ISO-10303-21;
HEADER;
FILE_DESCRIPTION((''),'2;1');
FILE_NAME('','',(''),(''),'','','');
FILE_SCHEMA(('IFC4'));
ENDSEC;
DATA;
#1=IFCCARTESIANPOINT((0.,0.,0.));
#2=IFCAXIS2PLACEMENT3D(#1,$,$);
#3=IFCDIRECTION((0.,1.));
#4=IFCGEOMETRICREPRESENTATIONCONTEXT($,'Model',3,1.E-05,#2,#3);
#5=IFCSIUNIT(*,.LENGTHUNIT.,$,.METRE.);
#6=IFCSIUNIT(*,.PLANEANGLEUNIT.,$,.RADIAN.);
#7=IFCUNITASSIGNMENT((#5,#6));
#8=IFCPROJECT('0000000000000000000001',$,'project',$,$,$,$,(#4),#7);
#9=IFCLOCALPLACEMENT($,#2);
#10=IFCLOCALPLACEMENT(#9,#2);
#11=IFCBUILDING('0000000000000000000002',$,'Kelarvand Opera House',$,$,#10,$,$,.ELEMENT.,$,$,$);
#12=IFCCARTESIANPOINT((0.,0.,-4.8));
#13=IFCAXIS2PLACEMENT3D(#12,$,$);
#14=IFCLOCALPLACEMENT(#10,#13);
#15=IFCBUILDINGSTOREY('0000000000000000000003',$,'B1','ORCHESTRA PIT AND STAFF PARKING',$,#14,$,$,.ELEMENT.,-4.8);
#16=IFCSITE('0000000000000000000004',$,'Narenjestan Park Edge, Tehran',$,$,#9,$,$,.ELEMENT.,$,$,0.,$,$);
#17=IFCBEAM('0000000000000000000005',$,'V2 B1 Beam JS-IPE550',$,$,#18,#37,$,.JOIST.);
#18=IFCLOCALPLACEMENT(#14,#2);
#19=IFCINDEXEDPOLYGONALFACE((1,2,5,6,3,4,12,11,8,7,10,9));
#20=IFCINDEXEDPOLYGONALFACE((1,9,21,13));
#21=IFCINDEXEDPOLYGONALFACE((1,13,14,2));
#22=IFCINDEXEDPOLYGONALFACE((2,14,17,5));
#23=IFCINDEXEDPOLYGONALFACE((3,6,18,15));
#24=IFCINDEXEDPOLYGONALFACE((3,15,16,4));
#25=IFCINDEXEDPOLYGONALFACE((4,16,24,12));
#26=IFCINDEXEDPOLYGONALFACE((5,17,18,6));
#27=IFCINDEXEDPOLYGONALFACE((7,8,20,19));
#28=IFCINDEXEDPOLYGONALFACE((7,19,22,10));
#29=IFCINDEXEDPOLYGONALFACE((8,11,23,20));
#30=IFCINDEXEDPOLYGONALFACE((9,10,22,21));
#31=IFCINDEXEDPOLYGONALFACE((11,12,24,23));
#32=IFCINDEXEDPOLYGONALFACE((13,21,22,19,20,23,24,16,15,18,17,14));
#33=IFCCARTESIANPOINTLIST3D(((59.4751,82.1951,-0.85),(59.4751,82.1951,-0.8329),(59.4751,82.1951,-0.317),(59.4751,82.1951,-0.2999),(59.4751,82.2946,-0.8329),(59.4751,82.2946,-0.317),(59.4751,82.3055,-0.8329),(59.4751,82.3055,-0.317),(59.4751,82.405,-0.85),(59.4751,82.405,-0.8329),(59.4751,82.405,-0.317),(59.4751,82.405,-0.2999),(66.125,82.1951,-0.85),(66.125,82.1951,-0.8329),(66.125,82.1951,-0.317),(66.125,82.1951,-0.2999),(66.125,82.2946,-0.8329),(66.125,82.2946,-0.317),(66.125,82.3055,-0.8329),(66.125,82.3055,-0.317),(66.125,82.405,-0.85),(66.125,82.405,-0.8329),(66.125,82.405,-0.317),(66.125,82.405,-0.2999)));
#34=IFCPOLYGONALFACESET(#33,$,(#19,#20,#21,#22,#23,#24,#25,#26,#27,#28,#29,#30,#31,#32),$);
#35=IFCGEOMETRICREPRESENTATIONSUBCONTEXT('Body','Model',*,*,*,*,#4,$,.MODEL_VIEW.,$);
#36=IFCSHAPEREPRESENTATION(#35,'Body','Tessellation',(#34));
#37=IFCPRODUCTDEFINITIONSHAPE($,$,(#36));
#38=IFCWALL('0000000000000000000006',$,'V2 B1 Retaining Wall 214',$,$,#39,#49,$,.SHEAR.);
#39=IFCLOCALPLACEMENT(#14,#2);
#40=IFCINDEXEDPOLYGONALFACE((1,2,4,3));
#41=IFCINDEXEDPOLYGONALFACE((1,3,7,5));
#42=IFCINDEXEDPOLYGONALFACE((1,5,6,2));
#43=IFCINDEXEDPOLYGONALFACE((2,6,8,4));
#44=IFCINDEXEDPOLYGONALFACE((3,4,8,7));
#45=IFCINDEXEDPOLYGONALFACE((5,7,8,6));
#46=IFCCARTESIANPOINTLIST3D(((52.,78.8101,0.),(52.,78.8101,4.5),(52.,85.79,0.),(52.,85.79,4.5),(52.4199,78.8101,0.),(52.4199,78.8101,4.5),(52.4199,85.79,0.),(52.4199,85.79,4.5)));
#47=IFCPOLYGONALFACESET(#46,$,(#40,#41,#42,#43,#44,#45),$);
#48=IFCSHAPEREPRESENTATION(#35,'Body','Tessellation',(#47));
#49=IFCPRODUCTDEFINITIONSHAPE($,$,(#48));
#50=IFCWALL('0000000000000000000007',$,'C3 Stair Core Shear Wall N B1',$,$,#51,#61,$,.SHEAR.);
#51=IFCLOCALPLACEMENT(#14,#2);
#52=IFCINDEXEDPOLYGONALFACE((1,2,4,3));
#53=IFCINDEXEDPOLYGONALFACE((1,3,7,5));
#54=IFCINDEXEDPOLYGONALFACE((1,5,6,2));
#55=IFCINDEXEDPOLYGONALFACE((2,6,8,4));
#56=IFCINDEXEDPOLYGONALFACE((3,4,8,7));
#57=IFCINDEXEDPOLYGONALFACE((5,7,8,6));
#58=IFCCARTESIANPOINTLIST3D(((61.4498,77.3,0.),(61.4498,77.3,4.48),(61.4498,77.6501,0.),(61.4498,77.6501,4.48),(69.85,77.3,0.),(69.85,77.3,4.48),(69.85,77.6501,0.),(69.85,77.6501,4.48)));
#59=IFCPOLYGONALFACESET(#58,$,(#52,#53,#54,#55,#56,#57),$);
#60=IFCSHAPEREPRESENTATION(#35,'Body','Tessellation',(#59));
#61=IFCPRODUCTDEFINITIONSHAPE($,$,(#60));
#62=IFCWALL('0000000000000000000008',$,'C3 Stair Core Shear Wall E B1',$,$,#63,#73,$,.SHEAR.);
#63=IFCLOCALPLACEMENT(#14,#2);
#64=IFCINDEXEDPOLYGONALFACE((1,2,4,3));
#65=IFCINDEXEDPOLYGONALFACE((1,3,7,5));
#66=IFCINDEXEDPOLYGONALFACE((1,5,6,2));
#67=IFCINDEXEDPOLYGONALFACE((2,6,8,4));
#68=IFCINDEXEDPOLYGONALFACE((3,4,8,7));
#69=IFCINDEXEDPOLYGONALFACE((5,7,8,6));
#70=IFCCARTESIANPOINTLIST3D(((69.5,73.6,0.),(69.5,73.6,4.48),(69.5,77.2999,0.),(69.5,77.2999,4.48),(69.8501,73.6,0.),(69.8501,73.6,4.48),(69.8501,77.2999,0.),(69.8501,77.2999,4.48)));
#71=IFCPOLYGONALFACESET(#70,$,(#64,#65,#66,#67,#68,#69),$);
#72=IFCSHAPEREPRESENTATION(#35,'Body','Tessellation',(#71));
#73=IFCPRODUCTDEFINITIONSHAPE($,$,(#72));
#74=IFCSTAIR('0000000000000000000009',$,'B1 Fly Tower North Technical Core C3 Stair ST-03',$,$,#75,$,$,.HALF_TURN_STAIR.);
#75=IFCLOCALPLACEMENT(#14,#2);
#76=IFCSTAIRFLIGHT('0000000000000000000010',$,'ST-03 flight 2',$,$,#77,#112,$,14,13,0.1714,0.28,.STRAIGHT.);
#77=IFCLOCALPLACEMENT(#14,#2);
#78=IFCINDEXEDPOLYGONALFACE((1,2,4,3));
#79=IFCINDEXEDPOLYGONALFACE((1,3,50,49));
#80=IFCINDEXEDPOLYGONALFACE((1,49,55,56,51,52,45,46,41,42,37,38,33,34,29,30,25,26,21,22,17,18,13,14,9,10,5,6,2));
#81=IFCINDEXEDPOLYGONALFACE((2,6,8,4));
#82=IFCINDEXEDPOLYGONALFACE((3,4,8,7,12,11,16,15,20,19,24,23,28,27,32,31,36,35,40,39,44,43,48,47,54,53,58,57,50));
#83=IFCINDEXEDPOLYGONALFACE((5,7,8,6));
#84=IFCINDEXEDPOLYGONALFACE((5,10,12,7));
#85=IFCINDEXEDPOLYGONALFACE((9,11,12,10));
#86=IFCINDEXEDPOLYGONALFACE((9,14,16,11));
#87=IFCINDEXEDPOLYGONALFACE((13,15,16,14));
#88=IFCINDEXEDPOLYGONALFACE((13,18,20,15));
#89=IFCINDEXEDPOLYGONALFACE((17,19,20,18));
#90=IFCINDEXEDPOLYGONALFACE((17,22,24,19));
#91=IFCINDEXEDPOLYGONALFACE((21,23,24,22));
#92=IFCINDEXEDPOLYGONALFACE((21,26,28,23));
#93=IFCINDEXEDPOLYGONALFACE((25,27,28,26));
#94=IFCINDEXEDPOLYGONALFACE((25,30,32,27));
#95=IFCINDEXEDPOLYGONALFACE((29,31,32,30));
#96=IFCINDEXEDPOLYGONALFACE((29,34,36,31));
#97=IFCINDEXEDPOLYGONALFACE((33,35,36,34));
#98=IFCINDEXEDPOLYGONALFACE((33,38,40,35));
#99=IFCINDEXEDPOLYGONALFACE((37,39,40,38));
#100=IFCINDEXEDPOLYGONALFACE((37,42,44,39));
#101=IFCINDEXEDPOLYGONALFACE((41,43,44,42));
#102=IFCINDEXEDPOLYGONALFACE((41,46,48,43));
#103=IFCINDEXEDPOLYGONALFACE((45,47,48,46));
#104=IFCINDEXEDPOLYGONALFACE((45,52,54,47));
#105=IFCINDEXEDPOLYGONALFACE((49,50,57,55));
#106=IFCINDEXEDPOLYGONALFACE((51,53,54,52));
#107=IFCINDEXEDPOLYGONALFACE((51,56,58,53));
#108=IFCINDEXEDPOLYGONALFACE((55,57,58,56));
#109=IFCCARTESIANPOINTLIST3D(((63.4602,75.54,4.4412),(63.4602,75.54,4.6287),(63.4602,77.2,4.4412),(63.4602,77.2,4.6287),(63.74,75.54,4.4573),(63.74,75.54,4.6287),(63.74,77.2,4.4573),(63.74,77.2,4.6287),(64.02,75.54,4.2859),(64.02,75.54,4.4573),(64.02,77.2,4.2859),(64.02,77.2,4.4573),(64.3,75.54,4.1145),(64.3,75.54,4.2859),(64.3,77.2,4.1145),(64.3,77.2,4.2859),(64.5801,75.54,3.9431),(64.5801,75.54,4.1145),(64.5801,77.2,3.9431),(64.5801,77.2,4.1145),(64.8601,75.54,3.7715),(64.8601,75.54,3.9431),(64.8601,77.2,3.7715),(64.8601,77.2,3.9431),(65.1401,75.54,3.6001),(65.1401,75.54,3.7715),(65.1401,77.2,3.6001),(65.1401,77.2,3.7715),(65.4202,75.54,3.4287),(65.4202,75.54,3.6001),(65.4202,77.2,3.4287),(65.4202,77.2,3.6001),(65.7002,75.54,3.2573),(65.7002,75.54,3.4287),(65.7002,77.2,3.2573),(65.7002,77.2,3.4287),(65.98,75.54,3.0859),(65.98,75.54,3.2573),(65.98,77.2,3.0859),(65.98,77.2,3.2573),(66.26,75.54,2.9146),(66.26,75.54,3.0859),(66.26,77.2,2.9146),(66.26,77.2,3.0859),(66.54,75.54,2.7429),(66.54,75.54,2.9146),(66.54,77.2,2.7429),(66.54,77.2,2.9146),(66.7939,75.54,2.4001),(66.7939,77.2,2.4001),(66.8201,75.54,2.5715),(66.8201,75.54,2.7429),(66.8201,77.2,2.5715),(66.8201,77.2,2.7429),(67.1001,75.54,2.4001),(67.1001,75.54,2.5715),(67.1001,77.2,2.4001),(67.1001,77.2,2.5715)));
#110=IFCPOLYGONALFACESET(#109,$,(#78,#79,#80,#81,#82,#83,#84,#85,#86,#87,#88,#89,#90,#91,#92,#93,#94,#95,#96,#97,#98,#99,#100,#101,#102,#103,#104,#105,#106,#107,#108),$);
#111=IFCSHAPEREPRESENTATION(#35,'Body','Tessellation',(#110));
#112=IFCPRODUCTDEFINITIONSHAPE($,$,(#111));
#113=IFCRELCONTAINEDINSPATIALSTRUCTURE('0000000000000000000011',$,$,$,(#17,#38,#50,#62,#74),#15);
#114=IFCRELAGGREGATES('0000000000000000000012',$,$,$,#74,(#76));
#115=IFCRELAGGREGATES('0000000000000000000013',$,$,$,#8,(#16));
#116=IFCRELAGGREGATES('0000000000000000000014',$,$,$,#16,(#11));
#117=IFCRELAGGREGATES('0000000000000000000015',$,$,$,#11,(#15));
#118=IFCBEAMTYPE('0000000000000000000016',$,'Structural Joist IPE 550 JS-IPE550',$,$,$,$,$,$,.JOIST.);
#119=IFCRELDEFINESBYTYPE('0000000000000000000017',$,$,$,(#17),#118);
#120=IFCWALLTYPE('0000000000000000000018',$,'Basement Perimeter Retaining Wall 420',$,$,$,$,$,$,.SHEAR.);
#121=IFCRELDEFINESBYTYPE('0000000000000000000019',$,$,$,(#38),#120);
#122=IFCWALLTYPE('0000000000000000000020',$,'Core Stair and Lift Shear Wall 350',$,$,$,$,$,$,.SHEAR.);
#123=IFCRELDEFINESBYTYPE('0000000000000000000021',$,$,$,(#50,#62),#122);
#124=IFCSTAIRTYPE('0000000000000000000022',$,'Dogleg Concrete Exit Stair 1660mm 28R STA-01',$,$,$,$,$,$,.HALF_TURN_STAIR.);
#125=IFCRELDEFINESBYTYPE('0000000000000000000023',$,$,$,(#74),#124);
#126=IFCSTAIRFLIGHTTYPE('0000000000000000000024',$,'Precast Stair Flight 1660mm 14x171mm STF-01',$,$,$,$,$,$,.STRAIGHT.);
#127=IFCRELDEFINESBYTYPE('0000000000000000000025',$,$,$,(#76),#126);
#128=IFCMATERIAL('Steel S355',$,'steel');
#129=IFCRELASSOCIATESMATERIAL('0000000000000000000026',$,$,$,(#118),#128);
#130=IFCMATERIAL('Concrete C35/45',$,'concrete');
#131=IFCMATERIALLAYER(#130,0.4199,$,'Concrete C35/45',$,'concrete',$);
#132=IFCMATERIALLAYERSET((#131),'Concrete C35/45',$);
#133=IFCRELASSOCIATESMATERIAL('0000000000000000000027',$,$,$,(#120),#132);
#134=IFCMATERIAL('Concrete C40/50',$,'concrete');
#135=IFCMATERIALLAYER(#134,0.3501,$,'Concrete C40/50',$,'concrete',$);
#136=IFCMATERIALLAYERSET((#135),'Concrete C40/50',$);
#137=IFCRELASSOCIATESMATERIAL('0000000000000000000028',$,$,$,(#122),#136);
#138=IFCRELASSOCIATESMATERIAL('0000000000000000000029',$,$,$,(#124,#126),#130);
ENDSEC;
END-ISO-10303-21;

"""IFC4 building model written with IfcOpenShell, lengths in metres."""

from ifc_helpers import new_model, si_unit, direction, frame, frame_2d, origin, origin_2d, place, context, subcontext, project, spatial, polyline, rectangle, i_section, outline, extrude, material, layer, layer_set, material_profile, profile_set, type_object, element, aggregate, save


model = new_model("IFC4")

# Units and contexts
model_context = context("Model", 3, precision=1e-05, world=origin(), true_north=direction((0.0, 1.0)))
body_context = subcontext(model_context, "Body", "Model", "MODEL_VIEW")
ifc_project = project(units=[si_unit("LENGTHUNIT", "METRE"), si_unit("PLANEANGLEUNIT", "RADIAN")], contexts=[model_context])

# Site, building, storey
site_placement = place(None, origin())
site = spatial("IfcSite", under=ifc_project, at=site_placement, Name="Narenjestan Park Edge, Tehran", CompositionType="ELEMENT", RefElevation=0.0)
building_placement = place(site_placement, origin())
building = spatial("IfcBuilding", under=site, at=building_placement, Name="Kelarvand Opera House", CompositionType="ELEMENT")
storey_placement = place(building_placement, frame((0.0, 0.0, -4.8)))
storey = spatial("IfcBuildingStorey", under=building, at=storey_placement, Name="B1", Description="ORCHESTRA PIT AND STAFF PARKING", CompositionType="ELEMENT", Elevation=-4.8)

# Shared definitions
ifc_material_1 = material(Name="Concrete C40/50", Category="concrete")

# Beam
ifc_material_2 = material(Name="Concrete C35/45", Category="concrete")
ifc_material_3 = material(Name="Steel S355", Category="steel")
ifc_material_profile_1 = material_profile(ifc_material_3, i_section(OverallWidth=0.21, OverallDepth=0.55, WebThickness=0.011, FlangeThickness=0.0171, at=origin_2d()), Name="IPE 550", Category="steel")
ifc_profile_set_1 = profile_set([ifc_material_profile_1], Name="Steel S355")
beam_type_1 = type_object("IfcBeamType", Name="Structural Joist IPE 550 JS-IPE550", PredefinedType="JOIST", material=ifc_profile_set_1)
beam_1_placement = place(storey_placement, frame((59.4751, 82.3, -0.575), z_axis=(1.0, 0.0, 0.0), x_axis=(0.0, 1.0, 0.0)))
element("IfcBeam", 1, at=beam_1_placement, inside=storey, type_object=beam_type_1, Name="V2 B1 Beam JS-IPE550", PredefinedType="JOIST", context=body_context, shape_type="SweptSolid", body=[
    extrude(i_section(OverallWidth=0.21, OverallDepth=0.55, WebThickness=0.011, FlangeThickness=0.0171, at=origin_2d()), origin(), (0.0, 0.0, 1.0), 6.6499),
])

# Walls
ifc_layer_1 = layer(ifc_material_2, 0.4199, Name="Concrete C35/45", Category="concrete")
ifc_layer_set_1 = layer_set([ifc_layer_1], Name="Concrete C35/45")
wall_type_1 = type_object("IfcWallType", Name="Basement Perimeter Retaining Wall 420", PredefinedType="SHEAR", material=ifc_layer_set_1)
wall_1_placement = place(storey_placement, frame((52.21, 78.8101, 0.0), z_axis=(0.0, 0.0, 1.0), x_axis=(0.0, 1.0, 0.0)))
element("IfcWall", 2, at=wall_1_placement, inside=storey, type_object=wall_type_1, Name="V2 B1 Retaining Wall 214", PredefinedType="SHEAR", context=body_context, shape_type="SweptSolid", body=[
    extrude(rectangle(XDim=6.98, YDim=0.4199, at=frame_2d((3.49, 0.0))), origin(), (0.0, 0.0, 1.0), 4.5),
])
ifc_layer_2 = layer(ifc_material_1, 0.3501, Name="Concrete C40/50", Category="concrete")
ifc_layer_set_2 = layer_set([ifc_layer_2], Name="Concrete C40/50")
wall_type_2 = type_object("IfcWallType", Name="Core Stair and Lift Shear Wall 350", PredefinedType="SHEAR", material=ifc_layer_set_2)
wall_2_placement = place(storey_placement, frame((69.8501, 77.4751, 0.0), z_axis=(0.0, 0.0, 1.0), x_axis=(-1.0, 0.0, 0.0)))
element("IfcWall", 3, at=wall_2_placement, inside=storey, type_object=wall_type_2, Name="C3 Stair Core Shear Wall N B1", PredefinedType="SHEAR", context=body_context, shape_type="SweptSolid", body=[
    extrude(rectangle(XDim=8.4001, YDim=0.3501, at=frame_2d((4.2002, 0.0))), origin(), (0.0, 0.0, 1.0), 4.48),
])
wall_3_placement = place(storey_placement, frame((69.675, 77.3, 0.0), z_axis=(0.0, 0.0, 1.0), x_axis=(0.0, -1.0, 0.0)))
element("IfcWall", 4, at=wall_3_placement, inside=storey, type_object=wall_type_2, Name="C3 Stair Core Shear Wall E B1", PredefinedType="SHEAR", context=body_context, shape_type="SweptSolid", body=[
    extrude(rectangle(XDim=3.7, YDim=0.3501, at=frame_2d((1.8501, 0.0))), origin(), (0.0, 0.0, 1.0), 4.48),
])

# Stair, stair flight
stair_type = type_object("IfcStairType", Name="Dogleg Concrete Exit Stair 1660mm 28R STA-01", PredefinedType="HALF_TURN_STAIR", material=ifc_material_2)
stair_placement = place(storey_placement, origin())
stair = element("IfcStair", 5, at=stair_placement, inside=storey, type_object=stair_type, Name="B1 Fly Tower North Technical Core C3 Stair ST-03", PredefinedType="HALF_TURN_STAIR")
stair_flight_type = type_object("IfcStairFlightType", Name="Precast Stair Flight 1660mm 14x171mm STF-01", PredefinedType="STRAIGHT", material=ifc_material_2)
stair_flight_placement = place(storey_placement, frame((67.1001, 76.3701, 2.4001), z_axis=(0.0, 0.0, 1.0), x_axis=(-1.0, 0.0, 0.0)))
stair_flight = element("IfcStairFlight", 6, at=stair_flight_placement, type_object=stair_flight_type, Name="ST-03 flight 2", NumberOfRisers=14, NumberOfTreads=13, PredefinedType="STRAIGHT", RiserHeight=0.1714, TreadLength=0.28, context=body_context, shape_type="SweptSolid", body=[
    extrude(outline(polyline([(0.0, 0.0), (0.0, 0.1714), (0.28, 0.1714), (0.28, 0.3428), (0.5601, 0.3428), (0.5601, 0.5144), (0.8401, 0.5144), (0.8401, 0.6858), (1.1201, 0.6858), (1.1201, 0.8572), (1.3999, 0.8572), (1.3999, 1.0286), (1.6799, 1.0286), (1.6799, 1.2), (1.96, 1.2), (1.96, 1.3713), (2.24, 1.3713), (2.24, 1.543), (2.52, 1.543), (2.52, 1.7144), (2.8, 1.7144), (2.8, 1.8857), (3.0801, 1.8857), (3.0801, 2.0571), (3.3601, 2.0571), (3.3601, 2.2285), (3.6399, 2.2285), (3.6399, 2.3999), (3.6399, 2.041), (0.3062, 0.0), (0.0, 0.0)])), frame((0.0, 0.8301, 0.0), z_axis=(0.0, -1.0, 0.0), x_axis=(1.0, 0.0, 0.0)), (0.0, 0.0, 1.0), 1.6599),
])
aggregate(stair, [stair_flight])

save(model, "model.ifc")
